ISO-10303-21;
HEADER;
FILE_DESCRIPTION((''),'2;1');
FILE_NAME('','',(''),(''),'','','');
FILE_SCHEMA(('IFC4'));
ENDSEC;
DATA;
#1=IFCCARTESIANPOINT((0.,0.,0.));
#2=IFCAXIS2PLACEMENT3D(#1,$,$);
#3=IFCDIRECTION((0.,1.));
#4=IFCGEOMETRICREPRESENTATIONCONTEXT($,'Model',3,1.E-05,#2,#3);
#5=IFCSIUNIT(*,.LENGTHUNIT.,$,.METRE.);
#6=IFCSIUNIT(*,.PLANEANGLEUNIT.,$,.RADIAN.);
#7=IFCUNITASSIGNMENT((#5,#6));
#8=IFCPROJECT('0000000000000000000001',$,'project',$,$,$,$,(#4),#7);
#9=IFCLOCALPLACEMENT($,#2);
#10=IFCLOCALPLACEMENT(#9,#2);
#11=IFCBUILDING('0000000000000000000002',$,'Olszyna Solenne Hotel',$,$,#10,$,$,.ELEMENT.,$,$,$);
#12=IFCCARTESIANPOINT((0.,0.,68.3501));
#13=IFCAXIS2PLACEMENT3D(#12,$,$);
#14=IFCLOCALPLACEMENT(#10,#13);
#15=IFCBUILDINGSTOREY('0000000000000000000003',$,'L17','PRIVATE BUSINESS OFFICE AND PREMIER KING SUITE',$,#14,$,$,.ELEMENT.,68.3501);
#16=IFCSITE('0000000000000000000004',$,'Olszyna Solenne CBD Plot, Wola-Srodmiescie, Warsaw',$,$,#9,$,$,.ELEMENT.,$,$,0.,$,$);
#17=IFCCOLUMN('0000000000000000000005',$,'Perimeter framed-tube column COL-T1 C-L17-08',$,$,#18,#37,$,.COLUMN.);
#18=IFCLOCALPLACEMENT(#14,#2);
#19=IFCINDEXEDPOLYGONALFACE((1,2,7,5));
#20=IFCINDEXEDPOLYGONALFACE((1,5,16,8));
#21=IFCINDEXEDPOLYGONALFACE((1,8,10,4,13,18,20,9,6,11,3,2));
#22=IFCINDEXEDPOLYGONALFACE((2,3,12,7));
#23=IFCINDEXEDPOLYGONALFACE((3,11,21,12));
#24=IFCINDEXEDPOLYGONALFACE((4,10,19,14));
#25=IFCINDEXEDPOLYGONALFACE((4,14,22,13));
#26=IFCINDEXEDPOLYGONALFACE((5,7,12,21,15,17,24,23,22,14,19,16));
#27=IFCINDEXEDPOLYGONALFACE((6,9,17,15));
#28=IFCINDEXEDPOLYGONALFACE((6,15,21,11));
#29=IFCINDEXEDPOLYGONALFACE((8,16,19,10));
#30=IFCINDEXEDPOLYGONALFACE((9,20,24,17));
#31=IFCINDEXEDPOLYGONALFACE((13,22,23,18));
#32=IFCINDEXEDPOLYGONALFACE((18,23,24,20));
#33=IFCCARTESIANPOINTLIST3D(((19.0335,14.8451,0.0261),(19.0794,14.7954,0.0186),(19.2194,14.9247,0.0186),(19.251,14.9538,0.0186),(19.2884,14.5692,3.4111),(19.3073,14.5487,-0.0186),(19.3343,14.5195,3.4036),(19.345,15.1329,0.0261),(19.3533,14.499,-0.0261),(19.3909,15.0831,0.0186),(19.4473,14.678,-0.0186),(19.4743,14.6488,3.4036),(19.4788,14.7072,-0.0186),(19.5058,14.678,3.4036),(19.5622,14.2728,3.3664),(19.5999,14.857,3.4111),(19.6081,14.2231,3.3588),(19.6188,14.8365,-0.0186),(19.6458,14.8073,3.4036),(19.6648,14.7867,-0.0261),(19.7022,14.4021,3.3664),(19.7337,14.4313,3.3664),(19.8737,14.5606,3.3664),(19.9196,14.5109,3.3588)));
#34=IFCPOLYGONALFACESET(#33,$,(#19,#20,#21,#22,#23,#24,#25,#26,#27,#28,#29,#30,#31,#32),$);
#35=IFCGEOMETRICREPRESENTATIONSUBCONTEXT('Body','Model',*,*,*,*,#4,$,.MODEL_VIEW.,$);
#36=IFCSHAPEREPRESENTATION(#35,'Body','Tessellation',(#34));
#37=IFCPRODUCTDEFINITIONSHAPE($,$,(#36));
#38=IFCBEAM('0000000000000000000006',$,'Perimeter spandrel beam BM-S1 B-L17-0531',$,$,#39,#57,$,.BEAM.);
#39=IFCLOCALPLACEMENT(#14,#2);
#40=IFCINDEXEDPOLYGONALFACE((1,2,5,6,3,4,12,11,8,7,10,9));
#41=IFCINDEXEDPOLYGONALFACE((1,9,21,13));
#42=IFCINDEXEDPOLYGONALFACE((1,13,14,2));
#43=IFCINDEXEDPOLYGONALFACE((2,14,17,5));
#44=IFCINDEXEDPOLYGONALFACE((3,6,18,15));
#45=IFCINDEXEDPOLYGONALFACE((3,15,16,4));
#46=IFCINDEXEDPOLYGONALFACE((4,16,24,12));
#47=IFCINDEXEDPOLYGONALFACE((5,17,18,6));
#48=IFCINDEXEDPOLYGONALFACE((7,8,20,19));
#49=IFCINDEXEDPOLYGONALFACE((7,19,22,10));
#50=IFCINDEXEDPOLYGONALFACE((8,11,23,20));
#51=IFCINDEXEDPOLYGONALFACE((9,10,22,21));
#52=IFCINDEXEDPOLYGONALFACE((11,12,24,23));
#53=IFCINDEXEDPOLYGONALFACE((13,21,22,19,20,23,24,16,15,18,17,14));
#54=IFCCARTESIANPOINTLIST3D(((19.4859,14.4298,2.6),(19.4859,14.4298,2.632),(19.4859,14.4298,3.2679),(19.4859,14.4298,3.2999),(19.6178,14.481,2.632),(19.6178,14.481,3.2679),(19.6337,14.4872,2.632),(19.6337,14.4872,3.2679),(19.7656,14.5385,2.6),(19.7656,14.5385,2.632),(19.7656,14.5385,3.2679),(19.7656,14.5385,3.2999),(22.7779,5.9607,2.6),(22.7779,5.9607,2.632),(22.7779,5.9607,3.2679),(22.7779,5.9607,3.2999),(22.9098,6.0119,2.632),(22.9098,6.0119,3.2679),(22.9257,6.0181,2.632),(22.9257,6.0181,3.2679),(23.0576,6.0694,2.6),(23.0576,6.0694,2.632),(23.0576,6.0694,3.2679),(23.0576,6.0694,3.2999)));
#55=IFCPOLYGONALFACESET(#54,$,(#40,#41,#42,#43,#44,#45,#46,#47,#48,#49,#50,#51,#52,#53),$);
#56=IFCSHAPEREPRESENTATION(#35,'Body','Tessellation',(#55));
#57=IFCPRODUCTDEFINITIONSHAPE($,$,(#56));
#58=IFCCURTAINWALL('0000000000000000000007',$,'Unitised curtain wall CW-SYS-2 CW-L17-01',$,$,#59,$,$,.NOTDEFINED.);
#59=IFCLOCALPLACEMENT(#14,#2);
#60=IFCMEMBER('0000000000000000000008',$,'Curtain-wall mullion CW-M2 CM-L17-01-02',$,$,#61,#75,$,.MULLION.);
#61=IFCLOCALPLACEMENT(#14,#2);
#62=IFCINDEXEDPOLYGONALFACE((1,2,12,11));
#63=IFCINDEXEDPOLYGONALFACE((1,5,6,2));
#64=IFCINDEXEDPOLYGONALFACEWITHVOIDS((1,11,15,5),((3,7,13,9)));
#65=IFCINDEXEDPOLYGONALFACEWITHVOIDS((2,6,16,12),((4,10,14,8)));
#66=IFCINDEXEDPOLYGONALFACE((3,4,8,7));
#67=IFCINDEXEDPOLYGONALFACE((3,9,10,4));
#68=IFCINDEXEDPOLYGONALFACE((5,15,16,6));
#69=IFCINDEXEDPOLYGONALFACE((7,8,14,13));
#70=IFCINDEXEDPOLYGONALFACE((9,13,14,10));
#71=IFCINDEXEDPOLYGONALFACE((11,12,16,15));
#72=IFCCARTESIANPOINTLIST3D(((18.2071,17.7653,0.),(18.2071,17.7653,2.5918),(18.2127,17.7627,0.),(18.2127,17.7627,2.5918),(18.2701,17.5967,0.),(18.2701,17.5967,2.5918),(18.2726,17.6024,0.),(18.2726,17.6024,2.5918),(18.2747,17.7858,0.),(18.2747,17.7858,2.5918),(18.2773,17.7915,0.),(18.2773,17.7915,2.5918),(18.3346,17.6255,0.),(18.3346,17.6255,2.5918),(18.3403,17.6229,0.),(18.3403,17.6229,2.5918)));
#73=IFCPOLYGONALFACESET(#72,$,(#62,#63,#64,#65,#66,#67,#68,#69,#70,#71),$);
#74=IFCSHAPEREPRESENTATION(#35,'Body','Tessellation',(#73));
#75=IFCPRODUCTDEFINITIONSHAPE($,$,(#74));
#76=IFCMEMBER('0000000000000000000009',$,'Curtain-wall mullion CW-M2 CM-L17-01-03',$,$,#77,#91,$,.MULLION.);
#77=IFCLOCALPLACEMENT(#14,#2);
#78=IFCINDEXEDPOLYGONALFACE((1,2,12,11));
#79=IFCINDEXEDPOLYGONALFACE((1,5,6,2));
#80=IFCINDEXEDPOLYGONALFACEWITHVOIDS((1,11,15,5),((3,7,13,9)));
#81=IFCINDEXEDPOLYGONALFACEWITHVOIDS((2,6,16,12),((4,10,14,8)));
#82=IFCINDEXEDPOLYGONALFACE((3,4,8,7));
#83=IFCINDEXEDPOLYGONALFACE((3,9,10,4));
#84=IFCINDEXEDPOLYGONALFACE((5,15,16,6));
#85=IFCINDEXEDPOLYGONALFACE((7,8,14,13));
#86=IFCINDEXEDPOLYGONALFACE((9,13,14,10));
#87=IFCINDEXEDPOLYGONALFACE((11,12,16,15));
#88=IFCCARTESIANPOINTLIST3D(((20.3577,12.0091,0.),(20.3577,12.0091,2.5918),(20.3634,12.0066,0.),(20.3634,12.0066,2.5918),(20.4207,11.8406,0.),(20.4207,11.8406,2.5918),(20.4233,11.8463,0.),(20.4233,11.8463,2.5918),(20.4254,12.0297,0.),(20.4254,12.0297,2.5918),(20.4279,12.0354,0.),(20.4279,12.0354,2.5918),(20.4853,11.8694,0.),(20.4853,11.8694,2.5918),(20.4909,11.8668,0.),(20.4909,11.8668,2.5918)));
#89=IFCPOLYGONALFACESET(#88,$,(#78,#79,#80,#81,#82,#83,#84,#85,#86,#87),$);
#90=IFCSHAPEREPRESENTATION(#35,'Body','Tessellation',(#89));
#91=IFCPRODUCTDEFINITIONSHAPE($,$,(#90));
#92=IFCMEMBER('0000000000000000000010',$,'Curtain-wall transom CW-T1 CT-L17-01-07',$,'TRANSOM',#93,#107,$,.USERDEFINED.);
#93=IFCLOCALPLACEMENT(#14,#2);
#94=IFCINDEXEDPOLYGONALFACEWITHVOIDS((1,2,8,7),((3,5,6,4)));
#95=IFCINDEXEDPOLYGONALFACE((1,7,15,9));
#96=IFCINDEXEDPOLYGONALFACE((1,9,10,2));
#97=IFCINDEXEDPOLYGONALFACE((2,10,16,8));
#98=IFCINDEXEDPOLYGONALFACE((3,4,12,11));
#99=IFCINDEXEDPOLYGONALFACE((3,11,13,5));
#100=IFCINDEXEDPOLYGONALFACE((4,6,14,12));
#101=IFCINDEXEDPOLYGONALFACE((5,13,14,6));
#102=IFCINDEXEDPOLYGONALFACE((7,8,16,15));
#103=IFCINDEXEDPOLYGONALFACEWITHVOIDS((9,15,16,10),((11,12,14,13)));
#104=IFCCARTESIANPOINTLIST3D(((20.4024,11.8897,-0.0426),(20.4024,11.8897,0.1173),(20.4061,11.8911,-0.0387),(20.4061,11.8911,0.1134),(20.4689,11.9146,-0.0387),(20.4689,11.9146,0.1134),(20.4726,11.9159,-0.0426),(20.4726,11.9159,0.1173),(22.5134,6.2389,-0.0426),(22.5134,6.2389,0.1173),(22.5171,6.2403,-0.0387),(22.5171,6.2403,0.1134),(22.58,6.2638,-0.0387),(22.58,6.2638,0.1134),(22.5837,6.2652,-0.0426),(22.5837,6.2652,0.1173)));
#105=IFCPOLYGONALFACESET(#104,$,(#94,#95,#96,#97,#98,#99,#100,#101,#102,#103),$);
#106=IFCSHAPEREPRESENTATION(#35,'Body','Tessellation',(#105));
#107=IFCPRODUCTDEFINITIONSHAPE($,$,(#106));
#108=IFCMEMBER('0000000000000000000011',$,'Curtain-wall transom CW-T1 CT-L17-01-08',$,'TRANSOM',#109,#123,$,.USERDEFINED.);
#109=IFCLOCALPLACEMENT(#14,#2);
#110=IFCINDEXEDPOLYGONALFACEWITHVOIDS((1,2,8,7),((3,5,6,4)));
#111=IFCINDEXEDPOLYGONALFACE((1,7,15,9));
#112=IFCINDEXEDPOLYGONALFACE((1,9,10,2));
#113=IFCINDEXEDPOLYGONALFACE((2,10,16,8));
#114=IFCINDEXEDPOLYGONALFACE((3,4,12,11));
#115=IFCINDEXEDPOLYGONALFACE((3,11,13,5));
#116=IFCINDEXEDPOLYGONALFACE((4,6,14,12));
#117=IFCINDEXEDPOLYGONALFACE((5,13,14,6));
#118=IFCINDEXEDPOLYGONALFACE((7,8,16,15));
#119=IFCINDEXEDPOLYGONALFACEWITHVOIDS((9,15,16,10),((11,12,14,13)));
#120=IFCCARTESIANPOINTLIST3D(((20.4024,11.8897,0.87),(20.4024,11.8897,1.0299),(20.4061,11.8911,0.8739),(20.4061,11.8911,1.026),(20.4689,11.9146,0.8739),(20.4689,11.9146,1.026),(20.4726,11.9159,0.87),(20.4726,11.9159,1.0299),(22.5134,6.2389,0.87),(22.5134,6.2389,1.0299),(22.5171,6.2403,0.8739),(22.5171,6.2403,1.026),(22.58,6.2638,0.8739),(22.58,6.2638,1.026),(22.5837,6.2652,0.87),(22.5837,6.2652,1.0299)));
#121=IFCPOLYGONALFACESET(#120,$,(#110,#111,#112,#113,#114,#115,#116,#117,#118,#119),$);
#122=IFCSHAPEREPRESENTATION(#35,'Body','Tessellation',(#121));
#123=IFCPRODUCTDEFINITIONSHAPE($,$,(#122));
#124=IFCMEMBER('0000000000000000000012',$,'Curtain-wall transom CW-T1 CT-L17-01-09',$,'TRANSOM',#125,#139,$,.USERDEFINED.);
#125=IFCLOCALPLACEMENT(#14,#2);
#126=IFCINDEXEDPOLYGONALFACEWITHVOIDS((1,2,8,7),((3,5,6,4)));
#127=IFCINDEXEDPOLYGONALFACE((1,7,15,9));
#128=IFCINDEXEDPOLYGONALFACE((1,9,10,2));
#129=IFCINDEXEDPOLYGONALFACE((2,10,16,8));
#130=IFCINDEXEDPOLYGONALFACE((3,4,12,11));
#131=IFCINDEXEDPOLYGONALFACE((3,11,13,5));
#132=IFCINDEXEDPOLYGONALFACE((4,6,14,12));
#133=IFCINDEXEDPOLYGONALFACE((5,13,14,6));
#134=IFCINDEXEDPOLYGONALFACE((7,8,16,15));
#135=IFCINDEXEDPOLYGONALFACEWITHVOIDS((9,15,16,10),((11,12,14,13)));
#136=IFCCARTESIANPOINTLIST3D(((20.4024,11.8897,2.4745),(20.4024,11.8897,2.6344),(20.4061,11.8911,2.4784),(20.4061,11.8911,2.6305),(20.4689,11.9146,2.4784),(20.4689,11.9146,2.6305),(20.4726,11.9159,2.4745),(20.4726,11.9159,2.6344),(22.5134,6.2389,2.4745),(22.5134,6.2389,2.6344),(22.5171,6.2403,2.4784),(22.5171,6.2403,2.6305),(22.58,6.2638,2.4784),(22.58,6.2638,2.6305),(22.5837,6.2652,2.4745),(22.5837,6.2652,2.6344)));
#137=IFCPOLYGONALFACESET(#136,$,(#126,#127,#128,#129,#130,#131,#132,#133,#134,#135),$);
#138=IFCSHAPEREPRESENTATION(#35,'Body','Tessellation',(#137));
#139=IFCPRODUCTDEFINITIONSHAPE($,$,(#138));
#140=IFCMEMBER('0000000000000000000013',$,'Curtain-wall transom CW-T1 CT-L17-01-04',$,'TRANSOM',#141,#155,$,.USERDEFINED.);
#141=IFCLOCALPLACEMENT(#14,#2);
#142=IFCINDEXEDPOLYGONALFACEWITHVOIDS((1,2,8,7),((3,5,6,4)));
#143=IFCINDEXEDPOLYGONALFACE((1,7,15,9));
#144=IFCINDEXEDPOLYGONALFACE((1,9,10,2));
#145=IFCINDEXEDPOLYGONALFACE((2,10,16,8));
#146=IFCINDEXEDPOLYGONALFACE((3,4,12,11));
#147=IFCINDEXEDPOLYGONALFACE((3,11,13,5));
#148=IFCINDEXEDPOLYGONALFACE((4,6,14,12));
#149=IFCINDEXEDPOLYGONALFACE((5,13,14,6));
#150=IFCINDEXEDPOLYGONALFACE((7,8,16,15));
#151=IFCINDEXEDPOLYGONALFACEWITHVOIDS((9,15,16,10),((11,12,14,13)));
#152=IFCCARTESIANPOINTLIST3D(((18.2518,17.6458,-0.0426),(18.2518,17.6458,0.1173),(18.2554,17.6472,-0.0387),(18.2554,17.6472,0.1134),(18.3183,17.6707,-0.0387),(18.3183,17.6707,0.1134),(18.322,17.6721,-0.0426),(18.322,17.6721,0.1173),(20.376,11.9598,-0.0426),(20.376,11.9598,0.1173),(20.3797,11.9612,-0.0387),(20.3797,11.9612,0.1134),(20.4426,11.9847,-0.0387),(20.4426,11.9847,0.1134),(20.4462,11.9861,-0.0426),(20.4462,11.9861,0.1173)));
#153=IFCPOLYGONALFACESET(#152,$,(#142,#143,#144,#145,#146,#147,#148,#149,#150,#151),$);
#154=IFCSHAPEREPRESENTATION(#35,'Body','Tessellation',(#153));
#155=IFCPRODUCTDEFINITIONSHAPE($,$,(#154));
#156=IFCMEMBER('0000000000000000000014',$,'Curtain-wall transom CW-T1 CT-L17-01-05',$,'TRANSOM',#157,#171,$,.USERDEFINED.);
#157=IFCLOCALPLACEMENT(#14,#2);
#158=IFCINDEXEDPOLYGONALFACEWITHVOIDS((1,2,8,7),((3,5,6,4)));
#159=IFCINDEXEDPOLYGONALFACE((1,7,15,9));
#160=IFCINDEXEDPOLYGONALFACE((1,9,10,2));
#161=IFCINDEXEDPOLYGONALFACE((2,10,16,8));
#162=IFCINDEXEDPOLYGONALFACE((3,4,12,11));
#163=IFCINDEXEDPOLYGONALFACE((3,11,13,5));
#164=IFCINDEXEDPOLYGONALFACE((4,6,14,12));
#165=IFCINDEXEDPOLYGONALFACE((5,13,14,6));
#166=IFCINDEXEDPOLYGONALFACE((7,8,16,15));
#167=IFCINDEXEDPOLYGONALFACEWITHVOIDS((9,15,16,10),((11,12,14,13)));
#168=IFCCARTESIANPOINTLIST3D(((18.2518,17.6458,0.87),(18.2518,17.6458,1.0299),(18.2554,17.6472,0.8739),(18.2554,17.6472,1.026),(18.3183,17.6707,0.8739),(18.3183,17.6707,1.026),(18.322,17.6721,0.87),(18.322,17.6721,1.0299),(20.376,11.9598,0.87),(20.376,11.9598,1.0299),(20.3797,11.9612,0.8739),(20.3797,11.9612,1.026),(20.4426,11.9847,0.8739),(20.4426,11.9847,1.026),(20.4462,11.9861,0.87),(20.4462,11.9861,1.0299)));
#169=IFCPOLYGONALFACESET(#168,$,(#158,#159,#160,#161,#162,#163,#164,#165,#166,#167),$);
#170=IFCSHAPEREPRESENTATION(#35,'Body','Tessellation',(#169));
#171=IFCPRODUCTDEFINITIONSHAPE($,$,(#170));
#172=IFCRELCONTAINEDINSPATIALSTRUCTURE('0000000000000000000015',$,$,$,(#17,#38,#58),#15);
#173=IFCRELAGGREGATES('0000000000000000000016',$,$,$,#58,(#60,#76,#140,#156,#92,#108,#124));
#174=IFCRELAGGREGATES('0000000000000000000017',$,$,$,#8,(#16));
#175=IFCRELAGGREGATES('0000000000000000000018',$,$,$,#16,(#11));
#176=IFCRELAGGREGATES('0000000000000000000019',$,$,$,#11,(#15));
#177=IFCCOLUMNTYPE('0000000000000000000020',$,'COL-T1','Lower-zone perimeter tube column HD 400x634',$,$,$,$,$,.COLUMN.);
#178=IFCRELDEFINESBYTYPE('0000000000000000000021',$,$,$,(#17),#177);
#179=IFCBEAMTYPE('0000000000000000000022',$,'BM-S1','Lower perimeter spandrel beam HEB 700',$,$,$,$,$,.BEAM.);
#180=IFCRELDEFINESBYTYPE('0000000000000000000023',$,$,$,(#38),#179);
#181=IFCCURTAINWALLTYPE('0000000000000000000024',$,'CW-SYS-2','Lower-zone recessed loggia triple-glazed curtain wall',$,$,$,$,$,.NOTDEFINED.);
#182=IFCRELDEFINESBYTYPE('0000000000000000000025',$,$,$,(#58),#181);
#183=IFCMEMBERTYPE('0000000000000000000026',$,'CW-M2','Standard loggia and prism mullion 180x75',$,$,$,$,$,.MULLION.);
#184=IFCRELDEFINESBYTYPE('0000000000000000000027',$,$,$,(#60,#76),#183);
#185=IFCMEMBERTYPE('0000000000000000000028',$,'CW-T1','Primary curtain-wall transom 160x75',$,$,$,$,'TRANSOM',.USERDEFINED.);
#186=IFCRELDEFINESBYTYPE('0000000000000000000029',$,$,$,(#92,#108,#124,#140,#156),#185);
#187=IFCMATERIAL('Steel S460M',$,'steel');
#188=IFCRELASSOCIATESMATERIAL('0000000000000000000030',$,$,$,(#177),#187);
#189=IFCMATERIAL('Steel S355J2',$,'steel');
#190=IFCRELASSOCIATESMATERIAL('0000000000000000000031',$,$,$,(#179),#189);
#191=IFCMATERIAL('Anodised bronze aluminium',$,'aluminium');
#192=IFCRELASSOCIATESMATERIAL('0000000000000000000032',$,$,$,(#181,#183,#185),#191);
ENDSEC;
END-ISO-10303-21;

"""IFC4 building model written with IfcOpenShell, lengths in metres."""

from ifc_helpers import new_model, si_unit, direction, frame, origin, origin_2d, place, context, subcontext, project, spatial, hollow_rectangle, i_section, extrude, source, transform, mapped, material, material_profile, profile_set, type_object, element, aggregate, save


model = new_model("IFC4")

# Units and contexts
model_context = context("Model", 3, precision=1e-05, world=origin(), true_north=direction((0.0, 1.0)))
body_context = subcontext(model_context, "Body", "Model", "MODEL_VIEW")
ifc_project = project(units=[si_unit("LENGTHUNIT", "METRE"), si_unit("PLANEANGLEUNIT", "RADIAN")], contexts=[model_context])

# Site, building, storey
site_placement = place(None, origin())
site = spatial("IfcSite", under=ifc_project, at=site_placement, Name="Olszyna Solenne CBD Plot, Wola-Srodmiescie, Warsaw", CompositionType="ELEMENT", RefElevation=0.0)
building_placement = place(site_placement, origin())
building = spatial("IfcBuilding", under=site, at=building_placement, Name="Olszyna Solenne Hotel", CompositionType="ELEMENT")
storey_placement = place(building_placement, frame((0.0, 0.0, 68.3501)))
storey = spatial("IfcBuildingStorey", under=building, at=storey_placement, Name="L17", Description="PRIVATE BUSINESS OFFICE AND PREMIER KING SUITE", CompositionType="ELEMENT", Elevation=68.3501)

# Column
ifc_material_1 = material(Name="Steel S460M", Category="steel")
ifc_material_profile_1 = material_profile(ifc_material_1, i_section(OverallWidth=0.4241, OverallDepth=0.4741, WebThickness=0.043, FlangeThickness=0.0681, at=origin_2d()), Name="HD 400x634", Category="load-bearing")
ifc_profile_set_1 = profile_set([ifc_material_profile_1], Name="Steel S460M")
column_type = type_object("IfcColumnType", Name="COL-T1", Description="Lower-zone perimeter tube column HD 400x634", PredefinedType="COLUMN", material=ifc_profile_set_1)
shared_shape_1 = source(origin(), body_context, "Body", "SweptSolid", [
    extrude(i_section(OverallWidth=0.4241, OverallDepth=0.4741, WebThickness=0.043, FlangeThickness=0.0681, at=origin_2d()), origin(), (0.0, 0.0, 1.0), 3.4058),
])
column_placement = place(storey_placement, frame((19.3491, 14.8159, 0.0), z_axis=(0.074838, -0.081003, 0.9939), x_axis=(0.734504, 0.678604, 0.0)))
element("IfcColumn", 1, at=column_placement, inside=storey, type_object=column_type, Name="Perimeter framed-tube column COL-T1 C-L17-08", PredefinedType="COLUMN", context=body_context, shape_type="MappedRepresentation", body=[
    mapped(shared_shape_1, transform((0.0, 0.0, 0.0), x_axis=(1.0, 0.0, 0.0), y_axis=(0.0, 1.0, 0.0), z_axis=(0.0, 0.0, 1.0), scale=1.0)),
])

# Beam
ifc_material_2 = material(Name="Steel S355J2", Category="steel")
ifc_material_profile_2 = material_profile(ifc_material_2, i_section(OverallWidth=0.3, OverallDepth=0.7, WebThickness=0.0171, FlangeThickness=0.032, at=origin_2d()), Name="HEB 700", Category="load-bearing")
ifc_profile_set_2 = profile_set([ifc_material_profile_2], Name="Steel S355J2")
beam_type = type_object("IfcBeamType", Name="BM-S1", Description="Lower perimeter spandrel beam HEB 700", PredefinedType="BEAM", material=ifc_profile_set_2)
shared_shape_2 = source(origin(), body_context, "Body", "SweptSolid", [
    extrude(i_section(OverallWidth=0.3, OverallDepth=0.7, WebThickness=0.0171, FlangeThickness=0.032, at=origin_2d()), origin(), (0.0, 0.0, 1.0), 9.0864),
])
beam_placement = place(storey_placement, frame((19.6257, 14.4841, 2.95), z_axis=(0.362302, -0.932061, 0.0), x_axis=(0.932061, 0.362302, 0.0)))
element("IfcBeam", 2, at=beam_placement, inside=storey, type_object=beam_type, Name="Perimeter spandrel beam BM-S1 B-L17-0531", PredefinedType="BEAM", context=body_context, shape_type="MappedRepresentation", body=[
    mapped(shared_shape_2, transform((0.0, 0.0, 0.0), x_axis=(1.0, 0.0, 0.0), y_axis=(0.0, 1.0, 0.0), z_axis=(0.0, 0.0, 1.0), scale=1.0)),
])

# Curtain wall, members
ifc_material_3 = material(Name="Anodised bronze aluminium", Category="aluminium")
curtain_wall_type = type_object("IfcCurtainWallType", Name="CW-SYS-2", Description="Lower-zone recessed loggia triple-glazed curtain wall", PredefinedType="NOTDEFINED", material=ifc_material_3)
curtain_wall_placement = place(storey_placement, origin())
curtain_wall = element("IfcCurtainWall", 3, at=curtain_wall_placement, inside=storey, type_object=curtain_wall_type, Name="Unitised curtain wall CW-SYS-2 CW-L17-01", PredefinedType="NOTDEFINED")
ifc_material_profile_3 = material_profile(ifc_material_3, hollow_rectangle(XDim=0.075, YDim=0.1799, WallThickness=0.0044, at=origin_2d()), Name="MULL 180x75x4.5", Category="load-bearing")
ifc_profile_set_3 = profile_set([ifc_material_profile_3], Name="Anodised bronze aluminium")
member_type_1 = type_object("IfcMemberType", Name="CW-M2", Description="Standard loggia and prism mullion 180x75", PredefinedType="MULLION", material=ifc_profile_set_3)
shared_shape_3 = source(origin(), body_context, "Body", "SweptSolid", [
    extrude(hollow_rectangle(XDim=0.075, YDim=0.1799, WallThickness=0.0044, at=origin_2d()), origin(), (0.0, 0.0, 1.0), 2.5918),
])
member_1_placement = place(storey_placement, frame((18.2737, 17.6941, 0.0), z_axis=(0.0, 0.0, 1.0), x_axis=(0.936756, 0.349982, 0.0)))
member_1 = element("IfcMember", 4, at=member_1_placement, type_object=member_type_1, Name="Curtain-wall mullion CW-M2 CM-L17-01-02", PredefinedType="MULLION", context=body_context, shape_type="MappedRepresentation", body=[
    mapped(shared_shape_3, transform((0.0, 0.0, 0.0), x_axis=(1.0, 0.0, 0.0), y_axis=(0.0, 1.0, 0.0), z_axis=(0.0, 0.0, 1.0), scale=1.0)),
])
member_2_placement = place(storey_placement, frame((20.4243, 11.938, 0.0), z_axis=(0.0, 0.0, 1.0), x_axis=(0.936756, 0.349982, 0.0)))
member_2 = element("IfcMember", 5, at=member_2_placement, type_object=member_type_1, Name="Curtain-wall mullion CW-M2 CM-L17-01-03", PredefinedType="MULLION", context=body_context, shape_type="MappedRepresentation", body=[
    mapped(shared_shape_3, transform((0.0, 0.0, 0.0), x_axis=(1.0, 0.0, 0.0), y_axis=(0.0, 1.0, 0.0), z_axis=(0.0, 0.0, 1.0), scale=1.0)),
])
ifc_material_profile_4 = material_profile(ifc_material_3, hollow_rectangle(XDim=0.075, YDim=0.1599, WallThickness=0.0039, at=origin_2d()), Name="TRAN 160x75x4", Category="load-bearing")
ifc_profile_set_4 = profile_set([ifc_material_profile_4], Name="Anodised bronze aluminium")
member_type_2 = type_object("IfcMemberType", Name="CW-T1", Description="Primary curtain-wall transom 160x75", ElementType="TRANSOM", PredefinedType="USERDEFINED", material=ifc_profile_set_4)
shared_shape_4 = source(origin(), body_context, "Body", "SweptSolid", [
    extrude(hollow_rectangle(XDim=0.075, YDim=0.1599, WallThickness=0.0039, at=origin_2d()), origin(), (0.0, 0.0, 1.0), 6.0322),
])
member_3_placement = place(storey_placement, frame((20.4375, 11.9028, 0.0374), z_axis=(0.349961, -0.936764, 0.0), x_axis=(0.936764, 0.349961, 0.0)))
member_3 = element("IfcMember", 6, at=member_3_placement, type_object=member_type_2, Name="Curtain-wall transom CW-T1 CT-L17-01-07", ObjectType="TRANSOM", PredefinedType="USERDEFINED", context=body_context, shape_type="MappedRepresentation", body=[
    mapped(shared_shape_4, transform((0.0, 0.0, 0.0), x_axis=(1.0, 0.0, 0.0), y_axis=(0.0, 1.0, 0.0), z_axis=(0.0, 0.0, 1.0), scale=1.0)),
])
member_4_placement = place(storey_placement, frame((20.4375, 11.9028, 0.95), z_axis=(0.349961, -0.936764, 0.0), x_axis=(0.936764, 0.349961, 0.0)))
member_4 = element("IfcMember", 7, at=member_4_placement, type_object=member_type_2, Name="Curtain-wall transom CW-T1 CT-L17-01-08", ObjectType="TRANSOM", PredefinedType="USERDEFINED", context=body_context, shape_type="MappedRepresentation", body=[
    mapped(shared_shape_4, transform((0.0, 0.0, 0.0), x_axis=(1.0, 0.0, 0.0), y_axis=(0.0, 1.0, 0.0), z_axis=(0.0, 0.0, 1.0), scale=1.0)),
])
member_5_placement = place(storey_placement, frame((20.4375, 11.9028, 2.5544), z_axis=(0.349961, -0.936764, 0.0), x_axis=(0.936764, 0.349961, 0.0)))
member_5 = element("IfcMember", 8, at=member_5_placement, type_object=member_type_2, Name="Curtain-wall transom CW-T1 CT-L17-01-09", ObjectType="TRANSOM", PredefinedType="USERDEFINED", context=body_context, shape_type="MappedRepresentation", body=[
    mapped(shared_shape_4, transform((0.0, 0.0, 0.0), x_axis=(1.0, 0.0, 0.0), y_axis=(0.0, 1.0, 0.0), z_axis=(0.0, 0.0, 1.0), scale=1.0)),
])
shared_shape_5 = source(origin(), body_context, "Body", "SweptSolid", [
    extrude(hollow_rectangle(XDim=0.075, YDim=0.1599, WallThickness=0.0039, at=origin_2d()), origin(), (0.0, 0.0, 1.0), 6.0698),
])
member_6_placement = place(storey_placement, frame((18.2869, 17.6589, 0.0374), z_axis=(0.349968, -0.936762, 0.0), x_axis=(0.936762, 0.349968, 0.0)))
member_6 = element("IfcMember", 9, at=member_6_placement, type_object=member_type_2, Name="Curtain-wall transom CW-T1 CT-L17-01-04", ObjectType="TRANSOM", PredefinedType="USERDEFINED", context=body_context, shape_type="MappedRepresentation", body=[
    mapped(shared_shape_5, transform((0.0, 0.0, 0.0), x_axis=(1.0, 0.0, 0.0), y_axis=(0.0, 1.0, 0.0), z_axis=(0.0, 0.0, 1.0), scale=1.0)),
])
member_7_placement = place(storey_placement, frame((18.2869, 17.6589, 0.95), z_axis=(0.349968, -0.936762, 0.0), x_axis=(0.936762, 0.349968, 0.0)))
member_7 = element("IfcMember", 10, at=member_7_placement, type_object=member_type_2, Name="Curtain-wall transom CW-T1 CT-L17-01-05", ObjectType="TRANSOM", PredefinedType="USERDEFINED", context=body_context, shape_type="MappedRepresentation", body=[
    mapped(shared_shape_5, transform((0.0, 0.0, 0.0), x_axis=(1.0, 0.0, 0.0), y_axis=(0.0, 1.0, 0.0), z_axis=(0.0, 0.0, 1.0), scale=1.0)),
])

aggregate(curtain_wall, [member_1, member_2, member_6, member_7, member_3, member_4, member_5])

save(model, "model.ifc")
